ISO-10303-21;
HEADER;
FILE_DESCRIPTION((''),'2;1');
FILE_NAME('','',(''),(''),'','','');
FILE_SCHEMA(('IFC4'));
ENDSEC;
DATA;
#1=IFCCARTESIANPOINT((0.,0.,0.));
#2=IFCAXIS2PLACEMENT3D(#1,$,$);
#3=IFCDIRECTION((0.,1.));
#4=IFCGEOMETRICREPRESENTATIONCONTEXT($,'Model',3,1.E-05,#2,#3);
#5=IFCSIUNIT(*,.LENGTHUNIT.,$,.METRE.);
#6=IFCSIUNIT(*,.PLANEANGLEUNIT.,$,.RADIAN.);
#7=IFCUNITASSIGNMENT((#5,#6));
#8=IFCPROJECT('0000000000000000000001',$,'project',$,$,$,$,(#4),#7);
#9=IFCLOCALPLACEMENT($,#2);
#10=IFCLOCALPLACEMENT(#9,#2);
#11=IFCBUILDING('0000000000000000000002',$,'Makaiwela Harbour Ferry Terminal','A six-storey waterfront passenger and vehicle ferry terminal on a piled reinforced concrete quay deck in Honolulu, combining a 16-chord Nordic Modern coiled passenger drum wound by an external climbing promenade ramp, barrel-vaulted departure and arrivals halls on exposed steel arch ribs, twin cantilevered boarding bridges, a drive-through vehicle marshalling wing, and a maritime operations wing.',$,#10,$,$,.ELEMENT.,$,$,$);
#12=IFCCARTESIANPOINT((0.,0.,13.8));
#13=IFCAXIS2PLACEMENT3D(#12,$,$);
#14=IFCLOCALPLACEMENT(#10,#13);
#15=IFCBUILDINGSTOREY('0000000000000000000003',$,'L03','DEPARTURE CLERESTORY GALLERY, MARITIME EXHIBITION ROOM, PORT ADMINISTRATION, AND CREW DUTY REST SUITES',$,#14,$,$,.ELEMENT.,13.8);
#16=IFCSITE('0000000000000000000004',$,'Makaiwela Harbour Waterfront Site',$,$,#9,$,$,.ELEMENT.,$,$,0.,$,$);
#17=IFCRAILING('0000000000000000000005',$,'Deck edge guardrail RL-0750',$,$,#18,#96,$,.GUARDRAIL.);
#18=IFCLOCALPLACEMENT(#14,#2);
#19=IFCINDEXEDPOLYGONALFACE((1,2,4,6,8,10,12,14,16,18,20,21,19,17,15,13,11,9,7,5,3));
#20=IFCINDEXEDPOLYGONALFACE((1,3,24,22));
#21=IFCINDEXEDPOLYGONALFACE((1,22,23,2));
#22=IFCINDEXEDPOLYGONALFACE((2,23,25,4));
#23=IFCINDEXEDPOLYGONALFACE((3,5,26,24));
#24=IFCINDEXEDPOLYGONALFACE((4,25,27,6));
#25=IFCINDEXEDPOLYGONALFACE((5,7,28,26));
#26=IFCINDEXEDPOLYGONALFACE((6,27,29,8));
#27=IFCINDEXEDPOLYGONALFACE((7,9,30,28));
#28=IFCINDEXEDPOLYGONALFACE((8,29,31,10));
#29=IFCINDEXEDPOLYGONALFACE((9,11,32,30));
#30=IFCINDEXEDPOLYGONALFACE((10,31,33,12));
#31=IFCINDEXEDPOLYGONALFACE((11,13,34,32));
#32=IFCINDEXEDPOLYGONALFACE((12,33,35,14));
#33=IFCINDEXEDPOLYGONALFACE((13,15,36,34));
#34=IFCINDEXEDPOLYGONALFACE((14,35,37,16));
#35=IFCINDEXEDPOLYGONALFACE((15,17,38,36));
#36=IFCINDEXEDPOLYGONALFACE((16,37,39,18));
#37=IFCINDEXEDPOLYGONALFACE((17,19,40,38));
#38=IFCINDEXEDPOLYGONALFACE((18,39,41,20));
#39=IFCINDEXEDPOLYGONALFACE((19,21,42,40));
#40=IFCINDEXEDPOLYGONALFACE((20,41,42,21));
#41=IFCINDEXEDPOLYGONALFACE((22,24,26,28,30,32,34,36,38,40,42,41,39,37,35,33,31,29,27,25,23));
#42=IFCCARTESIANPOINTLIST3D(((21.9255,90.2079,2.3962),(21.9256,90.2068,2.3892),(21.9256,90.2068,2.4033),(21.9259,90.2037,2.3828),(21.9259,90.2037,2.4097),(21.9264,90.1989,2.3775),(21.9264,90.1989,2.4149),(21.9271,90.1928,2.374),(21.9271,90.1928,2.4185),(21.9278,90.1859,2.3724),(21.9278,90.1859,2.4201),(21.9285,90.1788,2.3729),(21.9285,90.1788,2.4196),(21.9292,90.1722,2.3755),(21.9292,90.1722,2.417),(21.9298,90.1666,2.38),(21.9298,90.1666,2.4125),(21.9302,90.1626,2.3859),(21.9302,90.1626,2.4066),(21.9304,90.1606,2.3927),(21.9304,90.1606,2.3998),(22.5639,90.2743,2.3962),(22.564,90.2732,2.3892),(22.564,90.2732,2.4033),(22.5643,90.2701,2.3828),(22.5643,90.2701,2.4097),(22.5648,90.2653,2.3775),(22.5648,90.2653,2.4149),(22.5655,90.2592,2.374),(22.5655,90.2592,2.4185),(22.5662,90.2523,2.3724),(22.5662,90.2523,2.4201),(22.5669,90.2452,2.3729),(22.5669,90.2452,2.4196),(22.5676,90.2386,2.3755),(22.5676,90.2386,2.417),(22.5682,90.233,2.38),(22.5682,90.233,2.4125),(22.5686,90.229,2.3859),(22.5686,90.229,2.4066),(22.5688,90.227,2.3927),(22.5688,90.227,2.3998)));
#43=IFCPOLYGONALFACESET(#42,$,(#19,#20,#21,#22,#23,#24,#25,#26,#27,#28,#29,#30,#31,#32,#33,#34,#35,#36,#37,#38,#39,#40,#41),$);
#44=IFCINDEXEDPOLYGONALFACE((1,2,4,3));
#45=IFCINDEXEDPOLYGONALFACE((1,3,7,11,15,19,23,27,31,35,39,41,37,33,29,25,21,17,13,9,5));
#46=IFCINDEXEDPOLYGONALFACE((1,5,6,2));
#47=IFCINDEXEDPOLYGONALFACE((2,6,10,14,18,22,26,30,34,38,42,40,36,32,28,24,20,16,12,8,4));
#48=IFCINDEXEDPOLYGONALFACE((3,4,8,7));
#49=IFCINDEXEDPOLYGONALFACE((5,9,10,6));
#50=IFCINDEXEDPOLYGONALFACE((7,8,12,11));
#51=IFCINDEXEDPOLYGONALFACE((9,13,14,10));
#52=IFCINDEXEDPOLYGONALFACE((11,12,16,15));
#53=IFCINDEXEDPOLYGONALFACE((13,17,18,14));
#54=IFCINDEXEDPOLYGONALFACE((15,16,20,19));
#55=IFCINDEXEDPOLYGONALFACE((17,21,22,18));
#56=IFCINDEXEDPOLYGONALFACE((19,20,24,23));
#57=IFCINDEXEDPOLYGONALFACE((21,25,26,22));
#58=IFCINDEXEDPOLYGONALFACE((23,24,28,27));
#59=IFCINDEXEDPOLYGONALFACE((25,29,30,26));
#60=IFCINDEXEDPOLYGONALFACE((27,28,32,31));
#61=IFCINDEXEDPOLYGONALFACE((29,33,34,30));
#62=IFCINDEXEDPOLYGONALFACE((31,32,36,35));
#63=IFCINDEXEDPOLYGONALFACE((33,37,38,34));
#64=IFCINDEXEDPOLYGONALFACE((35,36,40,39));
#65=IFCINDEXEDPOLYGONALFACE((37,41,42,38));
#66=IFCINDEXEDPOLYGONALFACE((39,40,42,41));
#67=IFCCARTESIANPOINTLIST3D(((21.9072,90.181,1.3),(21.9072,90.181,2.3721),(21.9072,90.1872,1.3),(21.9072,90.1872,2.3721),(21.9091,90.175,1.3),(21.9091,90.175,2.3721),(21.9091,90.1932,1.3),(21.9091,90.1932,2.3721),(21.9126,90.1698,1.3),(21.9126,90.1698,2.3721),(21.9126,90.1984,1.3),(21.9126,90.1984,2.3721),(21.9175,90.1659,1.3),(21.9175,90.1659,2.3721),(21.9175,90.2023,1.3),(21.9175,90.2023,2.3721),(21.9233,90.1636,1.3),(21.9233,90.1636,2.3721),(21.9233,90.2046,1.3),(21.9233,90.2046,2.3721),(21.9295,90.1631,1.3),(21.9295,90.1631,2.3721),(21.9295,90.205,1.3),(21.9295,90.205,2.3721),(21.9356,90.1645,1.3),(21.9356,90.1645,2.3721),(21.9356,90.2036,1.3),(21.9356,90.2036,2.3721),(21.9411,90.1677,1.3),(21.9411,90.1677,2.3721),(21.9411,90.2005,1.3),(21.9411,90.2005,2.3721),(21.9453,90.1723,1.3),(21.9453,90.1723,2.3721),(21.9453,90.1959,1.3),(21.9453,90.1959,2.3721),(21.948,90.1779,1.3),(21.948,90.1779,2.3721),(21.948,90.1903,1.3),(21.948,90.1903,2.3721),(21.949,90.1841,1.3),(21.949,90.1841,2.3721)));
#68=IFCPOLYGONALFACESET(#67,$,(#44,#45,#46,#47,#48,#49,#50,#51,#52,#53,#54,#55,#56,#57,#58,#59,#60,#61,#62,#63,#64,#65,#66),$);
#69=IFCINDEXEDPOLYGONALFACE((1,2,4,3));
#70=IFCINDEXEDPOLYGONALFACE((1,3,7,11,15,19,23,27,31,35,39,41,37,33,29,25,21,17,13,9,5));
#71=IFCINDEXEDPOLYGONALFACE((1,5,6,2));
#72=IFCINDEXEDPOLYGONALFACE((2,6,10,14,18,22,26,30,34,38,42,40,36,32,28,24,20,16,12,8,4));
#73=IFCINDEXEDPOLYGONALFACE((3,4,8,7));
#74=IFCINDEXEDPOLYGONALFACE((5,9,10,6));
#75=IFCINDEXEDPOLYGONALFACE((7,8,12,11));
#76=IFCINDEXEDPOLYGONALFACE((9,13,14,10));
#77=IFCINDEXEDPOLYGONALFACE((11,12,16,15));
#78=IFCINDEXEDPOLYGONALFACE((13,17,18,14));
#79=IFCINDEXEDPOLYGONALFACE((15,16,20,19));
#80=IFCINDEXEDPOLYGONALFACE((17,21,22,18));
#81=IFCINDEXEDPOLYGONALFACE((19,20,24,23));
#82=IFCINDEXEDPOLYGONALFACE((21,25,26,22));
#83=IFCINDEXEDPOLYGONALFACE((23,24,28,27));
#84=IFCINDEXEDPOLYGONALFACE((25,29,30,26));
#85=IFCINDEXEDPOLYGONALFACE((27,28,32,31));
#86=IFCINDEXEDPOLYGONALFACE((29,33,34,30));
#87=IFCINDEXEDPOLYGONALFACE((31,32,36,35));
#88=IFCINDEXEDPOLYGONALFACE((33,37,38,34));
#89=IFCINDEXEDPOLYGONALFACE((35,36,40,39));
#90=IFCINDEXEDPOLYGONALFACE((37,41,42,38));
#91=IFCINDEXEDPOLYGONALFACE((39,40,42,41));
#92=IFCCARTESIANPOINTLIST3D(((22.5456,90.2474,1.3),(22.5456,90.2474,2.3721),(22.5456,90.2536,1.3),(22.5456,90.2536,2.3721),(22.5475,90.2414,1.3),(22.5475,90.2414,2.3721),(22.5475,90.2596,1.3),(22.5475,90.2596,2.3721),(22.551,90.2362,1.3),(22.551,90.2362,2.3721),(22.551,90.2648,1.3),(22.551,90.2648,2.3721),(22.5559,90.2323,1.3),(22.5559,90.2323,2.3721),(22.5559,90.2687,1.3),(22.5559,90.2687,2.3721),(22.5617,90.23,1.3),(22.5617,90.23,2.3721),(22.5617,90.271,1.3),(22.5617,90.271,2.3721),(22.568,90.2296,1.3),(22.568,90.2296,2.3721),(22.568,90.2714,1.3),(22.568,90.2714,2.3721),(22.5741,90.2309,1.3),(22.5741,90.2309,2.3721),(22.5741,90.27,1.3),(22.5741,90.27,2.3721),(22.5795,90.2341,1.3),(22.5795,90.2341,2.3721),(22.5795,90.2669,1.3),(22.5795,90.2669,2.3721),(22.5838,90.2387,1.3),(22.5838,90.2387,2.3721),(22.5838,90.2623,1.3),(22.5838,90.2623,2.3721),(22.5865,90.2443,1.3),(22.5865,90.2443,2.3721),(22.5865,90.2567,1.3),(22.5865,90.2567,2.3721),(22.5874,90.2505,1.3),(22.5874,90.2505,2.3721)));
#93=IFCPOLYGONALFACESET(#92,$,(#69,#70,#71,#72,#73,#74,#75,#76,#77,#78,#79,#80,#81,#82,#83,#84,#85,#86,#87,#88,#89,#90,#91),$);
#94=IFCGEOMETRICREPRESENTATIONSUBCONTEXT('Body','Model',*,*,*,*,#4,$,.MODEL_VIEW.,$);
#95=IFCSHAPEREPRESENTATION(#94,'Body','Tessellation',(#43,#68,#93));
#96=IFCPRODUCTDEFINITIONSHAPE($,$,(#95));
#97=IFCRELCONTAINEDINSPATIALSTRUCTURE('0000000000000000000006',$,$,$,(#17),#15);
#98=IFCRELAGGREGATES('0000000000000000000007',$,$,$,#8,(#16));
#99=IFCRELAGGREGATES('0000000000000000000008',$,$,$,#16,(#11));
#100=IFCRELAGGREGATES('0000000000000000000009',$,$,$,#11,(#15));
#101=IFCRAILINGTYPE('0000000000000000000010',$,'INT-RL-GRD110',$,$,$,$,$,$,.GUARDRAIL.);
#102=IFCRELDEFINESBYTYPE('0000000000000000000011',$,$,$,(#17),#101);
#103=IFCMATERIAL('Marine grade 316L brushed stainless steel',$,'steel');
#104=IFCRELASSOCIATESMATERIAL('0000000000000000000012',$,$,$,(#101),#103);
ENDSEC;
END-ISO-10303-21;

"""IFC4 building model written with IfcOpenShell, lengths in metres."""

from ifc_helpers import new_model, si_unit, direction, frame, origin, origin_2d, place, context, subcontext, project, spatial, circle, extrude, material, type_object, element, save


model = new_model("IFC4")

# Units and contexts
model_context = context("Model", 3, precision=1e-05, world=origin(), true_north=direction((0.0, 1.0)))
body_context = subcontext(model_context, "Body", "Model", "MODEL_VIEW")
ifc_project = project(units=[si_unit("LENGTHUNIT", "METRE"), si_unit("PLANEANGLEUNIT", "RADIAN")], contexts=[model_context])

# Site, building, storey
site_placement = place(None, origin())
site = spatial("IfcSite", under=ifc_project, at=site_placement, Name="Makaiwela Harbour Waterfront Site", CompositionType="ELEMENT", RefElevation=0.0)
building_placement = place(site_placement, origin())
building = spatial("IfcBuilding", under=site, at=building_placement, Name="Makaiwela Harbour Ferry Terminal", Description="A six-storey waterfront passenger and vehicle ferry terminal on a piled reinforced concrete quay deck in Honolulu, combining a 16-chord Nordic Modern coiled passenger drum wound by an external climbing promenade ramp, barrel-vaulted departure and arrivals halls on exposed steel arch ribs, twin cantilevered boarding bridges, a drive-through vehicle marshalling wing, and a maritime operations wing.", CompositionType="ELEMENT")
storey_placement = place(building_placement, frame((0.0, 0.0, 13.8)))
storey = spatial("IfcBuildingStorey", under=building, at=storey_placement, Name="L03", Description="DEPARTURE CLERESTORY GALLERY, MARITIME EXHIBITION ROOM, PORT ADMINISTRATION, AND CREW DUTY REST SUITES", CompositionType="ELEMENT", Elevation=13.8)

# Railing
ifc_material_1 = material(Name="Marine grade 316L brushed stainless steel", Category="steel")
railing_type_1 = type_object("IfcRailingType", Name="INT-RL-GRD110", PredefinedType="GUARDRAIL", material=ifc_material_1)
railing_1_placement = place(storey_placement, frame((21.928, 90.1841, 1.3)))
element("IfcRailing", 1, at=railing_1_placement, inside=storey, type_object=railing_type_1, Name="Deck edge guardrail RL-0750", PredefinedType="GUARDRAIL", context=body_context, shape_type="SweptSolid", body=[
    extrude(circle(Radius=0.0239, at=origin_2d()), frame((0.0, 0.0, 1.0962), z_axis=(0.994634, 0.103457, 0.0), x_axis=(-0.103457, 0.994634, 0.0)), (0.0, 0.0, 1.0), 0.6418),
    extrude(circle(Radius=0.021, at=origin_2d()), origin(), (0.0, 0.0, 1.0), 1.072),
    extrude(circle(Radius=0.021, at=origin_2d()), frame((0.6384, 0.0664, 0.0)), (0.0, 0.0, 1.0), 1.072),
])

save(model, "model.ifc")
